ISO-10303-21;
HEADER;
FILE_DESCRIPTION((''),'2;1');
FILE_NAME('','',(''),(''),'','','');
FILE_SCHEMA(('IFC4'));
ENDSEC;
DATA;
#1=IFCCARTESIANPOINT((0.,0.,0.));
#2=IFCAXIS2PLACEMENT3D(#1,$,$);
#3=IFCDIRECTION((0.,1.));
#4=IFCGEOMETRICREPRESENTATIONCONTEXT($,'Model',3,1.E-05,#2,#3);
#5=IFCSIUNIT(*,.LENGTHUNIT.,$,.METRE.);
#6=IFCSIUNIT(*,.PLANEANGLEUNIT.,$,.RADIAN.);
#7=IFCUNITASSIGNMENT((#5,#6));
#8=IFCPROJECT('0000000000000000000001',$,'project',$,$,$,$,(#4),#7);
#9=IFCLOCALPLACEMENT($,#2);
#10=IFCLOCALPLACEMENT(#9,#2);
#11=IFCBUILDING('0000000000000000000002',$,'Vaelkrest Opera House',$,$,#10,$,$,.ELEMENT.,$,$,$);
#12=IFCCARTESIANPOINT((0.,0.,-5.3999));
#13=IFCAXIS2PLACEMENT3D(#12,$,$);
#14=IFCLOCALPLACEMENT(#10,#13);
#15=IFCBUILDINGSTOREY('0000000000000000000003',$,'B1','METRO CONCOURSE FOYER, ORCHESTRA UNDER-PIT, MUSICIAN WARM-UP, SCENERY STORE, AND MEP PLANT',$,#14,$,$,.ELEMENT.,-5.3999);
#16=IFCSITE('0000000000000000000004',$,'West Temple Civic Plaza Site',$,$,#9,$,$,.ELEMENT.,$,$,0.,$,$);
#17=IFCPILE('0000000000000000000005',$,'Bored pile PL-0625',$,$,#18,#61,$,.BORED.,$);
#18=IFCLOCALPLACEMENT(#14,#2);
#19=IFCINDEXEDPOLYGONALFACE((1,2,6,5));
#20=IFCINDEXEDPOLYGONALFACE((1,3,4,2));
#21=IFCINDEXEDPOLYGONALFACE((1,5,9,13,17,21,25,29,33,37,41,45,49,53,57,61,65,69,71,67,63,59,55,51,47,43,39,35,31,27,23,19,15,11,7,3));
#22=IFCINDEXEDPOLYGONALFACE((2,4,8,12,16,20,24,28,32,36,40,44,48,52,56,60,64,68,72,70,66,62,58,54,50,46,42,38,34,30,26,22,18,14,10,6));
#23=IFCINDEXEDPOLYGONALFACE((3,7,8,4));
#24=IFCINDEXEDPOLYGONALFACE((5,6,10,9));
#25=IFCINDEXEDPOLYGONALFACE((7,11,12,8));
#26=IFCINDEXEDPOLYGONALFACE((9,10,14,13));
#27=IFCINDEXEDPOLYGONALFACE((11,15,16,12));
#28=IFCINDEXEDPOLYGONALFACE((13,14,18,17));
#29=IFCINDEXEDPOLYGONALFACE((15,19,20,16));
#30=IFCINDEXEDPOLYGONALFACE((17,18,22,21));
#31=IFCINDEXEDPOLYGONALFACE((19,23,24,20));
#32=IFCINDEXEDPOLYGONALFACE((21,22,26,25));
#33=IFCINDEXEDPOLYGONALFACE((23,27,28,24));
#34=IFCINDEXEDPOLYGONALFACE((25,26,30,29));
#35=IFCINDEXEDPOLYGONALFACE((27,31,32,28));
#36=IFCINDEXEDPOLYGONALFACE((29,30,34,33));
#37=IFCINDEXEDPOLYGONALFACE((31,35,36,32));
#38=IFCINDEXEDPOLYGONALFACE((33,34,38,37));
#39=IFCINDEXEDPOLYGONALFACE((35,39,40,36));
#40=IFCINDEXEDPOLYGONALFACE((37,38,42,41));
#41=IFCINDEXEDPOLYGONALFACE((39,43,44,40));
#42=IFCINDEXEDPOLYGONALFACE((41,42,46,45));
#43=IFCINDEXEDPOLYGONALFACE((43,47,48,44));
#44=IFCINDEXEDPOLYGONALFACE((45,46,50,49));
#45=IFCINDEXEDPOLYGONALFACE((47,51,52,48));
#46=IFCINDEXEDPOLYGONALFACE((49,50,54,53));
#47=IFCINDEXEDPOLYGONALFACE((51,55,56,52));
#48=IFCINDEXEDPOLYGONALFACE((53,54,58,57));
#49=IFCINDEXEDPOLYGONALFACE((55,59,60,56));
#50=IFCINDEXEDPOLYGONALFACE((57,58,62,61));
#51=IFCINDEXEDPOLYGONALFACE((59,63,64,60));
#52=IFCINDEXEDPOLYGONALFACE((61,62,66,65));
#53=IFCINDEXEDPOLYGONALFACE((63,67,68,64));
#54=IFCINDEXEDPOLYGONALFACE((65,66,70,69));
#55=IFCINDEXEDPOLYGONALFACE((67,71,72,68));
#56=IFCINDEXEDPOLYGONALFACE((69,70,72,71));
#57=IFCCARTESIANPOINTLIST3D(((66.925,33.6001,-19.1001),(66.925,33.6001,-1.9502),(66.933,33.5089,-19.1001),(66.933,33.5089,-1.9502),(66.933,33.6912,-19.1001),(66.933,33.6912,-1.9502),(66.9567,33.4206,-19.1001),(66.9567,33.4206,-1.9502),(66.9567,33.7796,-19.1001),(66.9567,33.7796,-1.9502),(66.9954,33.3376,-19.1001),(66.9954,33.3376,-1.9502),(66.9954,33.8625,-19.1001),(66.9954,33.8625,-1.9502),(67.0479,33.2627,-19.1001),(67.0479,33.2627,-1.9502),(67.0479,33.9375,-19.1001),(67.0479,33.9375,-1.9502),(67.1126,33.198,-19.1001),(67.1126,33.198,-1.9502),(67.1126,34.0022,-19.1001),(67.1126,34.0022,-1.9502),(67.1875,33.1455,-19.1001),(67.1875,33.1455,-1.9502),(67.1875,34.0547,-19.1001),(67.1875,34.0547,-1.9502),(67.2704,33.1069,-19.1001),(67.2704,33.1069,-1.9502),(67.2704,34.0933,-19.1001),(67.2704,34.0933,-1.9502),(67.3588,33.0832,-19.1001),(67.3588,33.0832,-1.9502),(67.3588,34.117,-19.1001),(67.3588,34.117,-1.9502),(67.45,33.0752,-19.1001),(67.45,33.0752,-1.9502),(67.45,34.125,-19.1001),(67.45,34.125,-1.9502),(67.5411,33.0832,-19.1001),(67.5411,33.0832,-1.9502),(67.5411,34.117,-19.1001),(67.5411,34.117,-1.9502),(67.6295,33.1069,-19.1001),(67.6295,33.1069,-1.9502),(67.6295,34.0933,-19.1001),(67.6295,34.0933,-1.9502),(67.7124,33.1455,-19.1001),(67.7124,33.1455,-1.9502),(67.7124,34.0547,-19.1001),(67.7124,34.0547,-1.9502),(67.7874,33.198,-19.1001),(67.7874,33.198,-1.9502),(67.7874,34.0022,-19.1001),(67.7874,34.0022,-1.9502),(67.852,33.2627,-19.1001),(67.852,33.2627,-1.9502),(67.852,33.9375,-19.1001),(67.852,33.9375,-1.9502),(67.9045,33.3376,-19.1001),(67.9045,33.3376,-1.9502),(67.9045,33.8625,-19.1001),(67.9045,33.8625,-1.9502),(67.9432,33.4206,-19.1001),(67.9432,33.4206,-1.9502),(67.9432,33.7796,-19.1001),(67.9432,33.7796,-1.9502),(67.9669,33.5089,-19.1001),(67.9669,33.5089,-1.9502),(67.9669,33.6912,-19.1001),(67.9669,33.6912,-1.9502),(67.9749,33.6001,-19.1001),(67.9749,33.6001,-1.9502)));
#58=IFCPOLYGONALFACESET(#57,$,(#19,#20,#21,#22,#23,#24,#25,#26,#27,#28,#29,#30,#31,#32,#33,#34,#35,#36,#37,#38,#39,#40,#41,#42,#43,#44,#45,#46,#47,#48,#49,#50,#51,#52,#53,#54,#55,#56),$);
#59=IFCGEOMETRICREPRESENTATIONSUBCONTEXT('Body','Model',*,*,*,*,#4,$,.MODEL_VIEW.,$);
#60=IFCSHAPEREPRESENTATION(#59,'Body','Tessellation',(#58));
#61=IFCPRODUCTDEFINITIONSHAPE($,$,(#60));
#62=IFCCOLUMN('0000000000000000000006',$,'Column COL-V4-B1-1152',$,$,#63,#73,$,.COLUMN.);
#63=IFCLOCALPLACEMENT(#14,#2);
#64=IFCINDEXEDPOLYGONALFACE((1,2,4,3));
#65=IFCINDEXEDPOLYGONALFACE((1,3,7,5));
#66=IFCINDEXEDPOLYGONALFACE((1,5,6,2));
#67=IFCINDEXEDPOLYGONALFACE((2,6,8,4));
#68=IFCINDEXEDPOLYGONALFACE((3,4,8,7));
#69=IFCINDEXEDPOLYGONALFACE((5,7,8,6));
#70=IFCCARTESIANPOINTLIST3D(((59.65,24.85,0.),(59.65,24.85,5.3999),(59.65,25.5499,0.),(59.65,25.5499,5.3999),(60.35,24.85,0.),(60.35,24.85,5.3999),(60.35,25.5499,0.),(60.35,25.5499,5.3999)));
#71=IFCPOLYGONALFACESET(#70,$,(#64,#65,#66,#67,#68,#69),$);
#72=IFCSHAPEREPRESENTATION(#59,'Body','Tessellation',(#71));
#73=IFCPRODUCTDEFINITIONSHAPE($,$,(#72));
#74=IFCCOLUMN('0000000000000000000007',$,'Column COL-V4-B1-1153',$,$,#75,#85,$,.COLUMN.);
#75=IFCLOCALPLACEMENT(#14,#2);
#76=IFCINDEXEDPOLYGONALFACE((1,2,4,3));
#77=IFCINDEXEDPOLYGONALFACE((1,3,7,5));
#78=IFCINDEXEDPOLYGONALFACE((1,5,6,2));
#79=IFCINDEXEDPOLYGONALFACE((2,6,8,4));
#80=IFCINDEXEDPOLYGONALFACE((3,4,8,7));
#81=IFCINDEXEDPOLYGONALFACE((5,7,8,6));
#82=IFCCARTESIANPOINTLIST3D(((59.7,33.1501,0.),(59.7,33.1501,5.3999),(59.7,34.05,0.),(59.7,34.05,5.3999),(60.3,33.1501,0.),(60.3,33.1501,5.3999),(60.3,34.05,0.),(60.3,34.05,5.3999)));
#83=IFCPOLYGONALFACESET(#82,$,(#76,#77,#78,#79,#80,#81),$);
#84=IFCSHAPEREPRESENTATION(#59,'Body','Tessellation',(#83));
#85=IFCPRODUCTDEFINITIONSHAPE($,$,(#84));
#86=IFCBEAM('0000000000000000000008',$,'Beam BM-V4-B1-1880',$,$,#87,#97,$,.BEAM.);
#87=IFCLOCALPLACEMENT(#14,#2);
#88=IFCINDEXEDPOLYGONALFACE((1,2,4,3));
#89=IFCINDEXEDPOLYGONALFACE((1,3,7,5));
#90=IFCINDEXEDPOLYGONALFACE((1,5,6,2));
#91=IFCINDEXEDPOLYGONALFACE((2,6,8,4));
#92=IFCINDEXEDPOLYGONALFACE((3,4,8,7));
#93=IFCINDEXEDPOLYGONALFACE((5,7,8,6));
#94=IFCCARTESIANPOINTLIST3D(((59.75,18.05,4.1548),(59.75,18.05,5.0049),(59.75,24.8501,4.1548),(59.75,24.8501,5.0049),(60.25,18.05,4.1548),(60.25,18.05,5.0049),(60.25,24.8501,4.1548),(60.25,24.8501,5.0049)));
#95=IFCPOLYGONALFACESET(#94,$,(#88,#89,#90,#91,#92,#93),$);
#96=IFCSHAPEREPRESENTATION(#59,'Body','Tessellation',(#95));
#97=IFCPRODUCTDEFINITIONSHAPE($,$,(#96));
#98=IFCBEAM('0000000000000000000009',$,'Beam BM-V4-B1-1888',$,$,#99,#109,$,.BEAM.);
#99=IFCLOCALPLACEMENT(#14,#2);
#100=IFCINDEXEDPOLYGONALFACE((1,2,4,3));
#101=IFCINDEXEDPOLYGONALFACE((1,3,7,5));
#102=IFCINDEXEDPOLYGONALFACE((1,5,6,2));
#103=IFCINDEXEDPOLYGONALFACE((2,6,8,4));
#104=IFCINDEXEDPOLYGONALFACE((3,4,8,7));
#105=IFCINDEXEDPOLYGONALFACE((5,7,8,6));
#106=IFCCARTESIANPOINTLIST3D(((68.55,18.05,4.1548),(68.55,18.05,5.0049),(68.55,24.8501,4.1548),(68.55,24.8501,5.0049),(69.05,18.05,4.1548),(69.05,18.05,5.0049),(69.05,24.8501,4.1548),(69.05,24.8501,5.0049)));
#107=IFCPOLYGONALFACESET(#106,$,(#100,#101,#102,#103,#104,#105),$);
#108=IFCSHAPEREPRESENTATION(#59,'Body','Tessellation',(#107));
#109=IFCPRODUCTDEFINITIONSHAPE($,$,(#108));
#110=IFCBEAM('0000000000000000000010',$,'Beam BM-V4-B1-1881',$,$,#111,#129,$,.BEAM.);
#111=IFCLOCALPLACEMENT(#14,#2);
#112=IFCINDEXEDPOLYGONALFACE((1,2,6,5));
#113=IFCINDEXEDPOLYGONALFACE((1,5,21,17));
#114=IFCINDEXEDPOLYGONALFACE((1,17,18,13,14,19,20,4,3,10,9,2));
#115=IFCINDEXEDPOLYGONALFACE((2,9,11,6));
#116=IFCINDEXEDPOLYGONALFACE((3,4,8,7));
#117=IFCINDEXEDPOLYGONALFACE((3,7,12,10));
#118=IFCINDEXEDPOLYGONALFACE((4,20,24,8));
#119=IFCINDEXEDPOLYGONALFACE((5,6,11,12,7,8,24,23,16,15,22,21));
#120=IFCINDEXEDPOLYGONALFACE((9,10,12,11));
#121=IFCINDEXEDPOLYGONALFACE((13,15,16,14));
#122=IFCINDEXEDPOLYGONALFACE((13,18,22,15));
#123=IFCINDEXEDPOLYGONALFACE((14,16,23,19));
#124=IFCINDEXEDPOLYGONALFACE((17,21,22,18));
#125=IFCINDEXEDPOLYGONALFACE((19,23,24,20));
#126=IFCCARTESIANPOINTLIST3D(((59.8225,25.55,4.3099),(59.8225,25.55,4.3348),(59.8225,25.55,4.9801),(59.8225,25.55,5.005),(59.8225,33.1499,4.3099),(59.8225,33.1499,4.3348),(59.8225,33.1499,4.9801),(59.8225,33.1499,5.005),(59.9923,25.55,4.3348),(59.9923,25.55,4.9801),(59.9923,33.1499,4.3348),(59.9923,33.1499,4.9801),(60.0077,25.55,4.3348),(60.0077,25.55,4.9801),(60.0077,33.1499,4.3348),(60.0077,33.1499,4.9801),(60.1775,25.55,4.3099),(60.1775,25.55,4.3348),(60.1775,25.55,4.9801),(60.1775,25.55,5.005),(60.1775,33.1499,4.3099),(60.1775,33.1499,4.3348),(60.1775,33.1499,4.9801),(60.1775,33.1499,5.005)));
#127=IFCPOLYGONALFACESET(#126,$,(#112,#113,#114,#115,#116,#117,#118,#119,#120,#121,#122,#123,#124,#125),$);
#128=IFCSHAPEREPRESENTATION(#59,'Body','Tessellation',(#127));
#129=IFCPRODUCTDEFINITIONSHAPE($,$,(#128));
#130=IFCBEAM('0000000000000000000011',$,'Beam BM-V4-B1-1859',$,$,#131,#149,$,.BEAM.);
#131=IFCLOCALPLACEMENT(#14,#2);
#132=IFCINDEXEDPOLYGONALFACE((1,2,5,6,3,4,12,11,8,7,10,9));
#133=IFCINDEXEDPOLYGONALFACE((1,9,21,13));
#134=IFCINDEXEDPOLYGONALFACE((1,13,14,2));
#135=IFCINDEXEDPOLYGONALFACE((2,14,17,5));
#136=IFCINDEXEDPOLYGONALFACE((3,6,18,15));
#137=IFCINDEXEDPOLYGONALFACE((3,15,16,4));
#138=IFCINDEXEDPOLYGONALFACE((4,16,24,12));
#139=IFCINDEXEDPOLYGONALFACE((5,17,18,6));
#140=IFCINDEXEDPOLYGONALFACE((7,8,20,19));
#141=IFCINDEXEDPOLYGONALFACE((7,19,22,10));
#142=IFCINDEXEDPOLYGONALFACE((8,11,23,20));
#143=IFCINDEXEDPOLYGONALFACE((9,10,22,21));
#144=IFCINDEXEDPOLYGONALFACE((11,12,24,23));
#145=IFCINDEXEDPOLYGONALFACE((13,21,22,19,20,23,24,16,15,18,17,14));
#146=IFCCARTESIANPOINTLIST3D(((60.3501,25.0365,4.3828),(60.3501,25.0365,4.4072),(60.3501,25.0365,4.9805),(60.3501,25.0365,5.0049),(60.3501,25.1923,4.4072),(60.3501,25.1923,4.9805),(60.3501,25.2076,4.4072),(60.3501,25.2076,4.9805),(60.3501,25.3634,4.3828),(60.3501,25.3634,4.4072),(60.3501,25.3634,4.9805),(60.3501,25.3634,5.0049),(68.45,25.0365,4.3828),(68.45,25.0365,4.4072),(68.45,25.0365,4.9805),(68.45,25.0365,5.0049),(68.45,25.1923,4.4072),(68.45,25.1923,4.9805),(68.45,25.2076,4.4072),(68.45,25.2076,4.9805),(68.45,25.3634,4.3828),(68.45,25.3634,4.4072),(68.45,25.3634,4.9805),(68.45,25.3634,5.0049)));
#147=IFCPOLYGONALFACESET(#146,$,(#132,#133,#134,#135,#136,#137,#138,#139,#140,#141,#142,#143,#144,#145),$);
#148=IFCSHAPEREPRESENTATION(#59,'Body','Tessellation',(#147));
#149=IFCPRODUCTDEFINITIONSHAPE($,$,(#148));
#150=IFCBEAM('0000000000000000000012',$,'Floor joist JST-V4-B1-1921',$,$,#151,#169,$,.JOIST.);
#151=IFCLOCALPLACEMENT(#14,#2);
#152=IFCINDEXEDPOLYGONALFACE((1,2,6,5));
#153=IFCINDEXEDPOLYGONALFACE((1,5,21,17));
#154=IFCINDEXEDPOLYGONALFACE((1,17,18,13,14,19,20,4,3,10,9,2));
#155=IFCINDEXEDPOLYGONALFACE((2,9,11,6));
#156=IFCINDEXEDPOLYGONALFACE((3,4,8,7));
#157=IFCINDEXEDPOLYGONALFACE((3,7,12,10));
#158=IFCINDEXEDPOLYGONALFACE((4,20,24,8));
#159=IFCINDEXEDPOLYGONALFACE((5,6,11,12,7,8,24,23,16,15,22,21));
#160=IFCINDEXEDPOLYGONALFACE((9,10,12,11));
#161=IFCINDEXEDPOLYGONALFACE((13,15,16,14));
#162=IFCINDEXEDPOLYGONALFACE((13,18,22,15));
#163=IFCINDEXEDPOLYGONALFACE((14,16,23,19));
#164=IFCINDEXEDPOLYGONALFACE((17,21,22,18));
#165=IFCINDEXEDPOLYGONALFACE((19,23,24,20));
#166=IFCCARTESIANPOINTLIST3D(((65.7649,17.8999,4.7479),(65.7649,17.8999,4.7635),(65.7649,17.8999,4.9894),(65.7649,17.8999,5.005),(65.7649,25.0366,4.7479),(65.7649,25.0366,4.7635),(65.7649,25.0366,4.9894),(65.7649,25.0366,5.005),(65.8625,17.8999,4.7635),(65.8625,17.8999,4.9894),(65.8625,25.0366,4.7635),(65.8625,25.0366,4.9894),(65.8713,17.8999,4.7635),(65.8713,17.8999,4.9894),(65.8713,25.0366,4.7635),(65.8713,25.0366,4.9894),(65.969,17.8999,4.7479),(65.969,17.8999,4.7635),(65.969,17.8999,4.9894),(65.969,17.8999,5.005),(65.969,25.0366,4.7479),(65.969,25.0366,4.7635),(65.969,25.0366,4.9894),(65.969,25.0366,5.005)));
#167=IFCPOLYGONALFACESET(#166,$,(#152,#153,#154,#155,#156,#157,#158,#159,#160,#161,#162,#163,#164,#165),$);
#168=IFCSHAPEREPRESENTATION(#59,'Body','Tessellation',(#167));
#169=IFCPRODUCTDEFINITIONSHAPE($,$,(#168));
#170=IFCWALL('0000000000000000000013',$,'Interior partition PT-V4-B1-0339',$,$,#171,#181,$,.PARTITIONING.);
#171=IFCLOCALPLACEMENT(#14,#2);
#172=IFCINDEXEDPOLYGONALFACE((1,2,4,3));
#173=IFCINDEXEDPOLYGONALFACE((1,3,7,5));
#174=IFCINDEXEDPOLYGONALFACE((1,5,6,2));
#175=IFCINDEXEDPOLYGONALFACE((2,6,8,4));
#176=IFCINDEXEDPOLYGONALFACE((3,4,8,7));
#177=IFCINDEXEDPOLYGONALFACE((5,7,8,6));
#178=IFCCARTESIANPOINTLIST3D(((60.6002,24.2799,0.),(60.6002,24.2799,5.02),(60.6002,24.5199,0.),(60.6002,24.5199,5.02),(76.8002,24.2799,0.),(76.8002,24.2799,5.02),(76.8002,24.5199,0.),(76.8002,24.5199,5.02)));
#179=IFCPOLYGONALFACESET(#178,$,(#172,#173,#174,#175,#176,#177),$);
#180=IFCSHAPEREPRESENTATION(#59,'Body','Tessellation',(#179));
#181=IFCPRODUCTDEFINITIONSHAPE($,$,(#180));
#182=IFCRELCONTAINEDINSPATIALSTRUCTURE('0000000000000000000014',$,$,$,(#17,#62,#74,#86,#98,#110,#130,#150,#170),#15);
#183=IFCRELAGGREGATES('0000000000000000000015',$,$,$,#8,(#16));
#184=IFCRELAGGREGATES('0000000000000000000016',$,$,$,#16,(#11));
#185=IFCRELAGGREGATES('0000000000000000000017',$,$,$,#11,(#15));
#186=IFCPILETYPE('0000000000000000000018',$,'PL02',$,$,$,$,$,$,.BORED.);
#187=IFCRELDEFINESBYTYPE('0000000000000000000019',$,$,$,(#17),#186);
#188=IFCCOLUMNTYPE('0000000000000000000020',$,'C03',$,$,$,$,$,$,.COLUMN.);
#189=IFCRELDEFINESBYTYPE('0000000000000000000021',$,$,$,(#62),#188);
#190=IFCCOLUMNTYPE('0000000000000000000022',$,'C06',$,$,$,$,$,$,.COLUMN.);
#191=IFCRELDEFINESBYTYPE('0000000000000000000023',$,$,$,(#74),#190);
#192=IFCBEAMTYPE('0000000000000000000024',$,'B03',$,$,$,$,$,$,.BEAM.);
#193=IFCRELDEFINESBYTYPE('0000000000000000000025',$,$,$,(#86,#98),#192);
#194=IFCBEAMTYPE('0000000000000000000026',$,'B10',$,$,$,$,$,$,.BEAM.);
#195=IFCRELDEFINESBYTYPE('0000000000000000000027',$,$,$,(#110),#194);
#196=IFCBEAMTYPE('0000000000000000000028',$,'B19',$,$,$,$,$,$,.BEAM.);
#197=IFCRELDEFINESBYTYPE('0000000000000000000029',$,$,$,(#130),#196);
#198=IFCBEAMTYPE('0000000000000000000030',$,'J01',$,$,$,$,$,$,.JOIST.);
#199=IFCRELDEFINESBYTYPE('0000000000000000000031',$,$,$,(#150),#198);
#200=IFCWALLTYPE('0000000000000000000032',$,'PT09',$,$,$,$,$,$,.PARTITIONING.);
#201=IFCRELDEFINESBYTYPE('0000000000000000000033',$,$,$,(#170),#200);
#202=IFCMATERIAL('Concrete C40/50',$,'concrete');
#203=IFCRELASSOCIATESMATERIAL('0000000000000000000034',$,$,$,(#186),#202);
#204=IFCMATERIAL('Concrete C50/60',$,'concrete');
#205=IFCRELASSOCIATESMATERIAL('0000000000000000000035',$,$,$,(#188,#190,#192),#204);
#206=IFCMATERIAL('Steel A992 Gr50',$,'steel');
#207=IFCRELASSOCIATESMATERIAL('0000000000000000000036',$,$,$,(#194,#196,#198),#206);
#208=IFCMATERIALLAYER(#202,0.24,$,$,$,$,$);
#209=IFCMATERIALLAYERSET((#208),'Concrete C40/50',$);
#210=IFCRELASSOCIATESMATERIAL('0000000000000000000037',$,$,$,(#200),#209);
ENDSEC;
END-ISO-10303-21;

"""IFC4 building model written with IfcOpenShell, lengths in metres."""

from ifc_helpers import new_model, si_unit, direction, frame, frame_2d, origin, origin_2d, place, context, subcontext, project, spatial, rectangle, circle, i_section, extrude, material, layer, layer_set, material_profile, profile_set, type_object, element, save


model = new_model("IFC4")

# Units and contexts
model_context = context("Model", 3, precision=1e-05, world=origin(), true_north=direction((0.0, 1.0)))
body_context = subcontext(model_context, "Body", "Model", "MODEL_VIEW")
ifc_project = project(units=[si_unit("LENGTHUNIT", "METRE"), si_unit("PLANEANGLEUNIT", "RADIAN")], contexts=[model_context])

# Site, building, storey
site_placement = place(None, origin())
site = spatial("IfcSite", under=ifc_project, at=site_placement, Name="West Temple Civic Plaza Site", CompositionType="ELEMENT", RefElevation=0.0)
building_placement = place(site_placement, origin())
building = spatial("IfcBuilding", under=site, at=building_placement, Name="Vaelkrest Opera House", CompositionType="ELEMENT")
storey_placement = place(building_placement, frame((0.0, 0.0, -5.3999)))
storey = spatial("IfcBuildingStorey", under=building, at=storey_placement, Name="B1", Description="METRO CONCOURSE FOYER, ORCHESTRA UNDER-PIT, MUSICIAN WARM-UP, SCENERY STORE, AND MEP PLANT", CompositionType="ELEMENT", Elevation=-5.3999)

# Shared definitions
ifc_material_1 = material(Name="Concrete C40/50", Category="concrete")

# Pile
ifc_material_profile_1 = material_profile(ifc_material_1, circle(Radius=0.5249, at=origin_2d()), Name="PILE1050")
ifc_profile_set_1 = profile_set([ifc_material_profile_1], Name="Concrete C40/50")
pile_type = type_object("IfcPileType", Name="PL02", PredefinedType="BORED", material=ifc_profile_set_1)
for number, where, z_axis, x_axis, name in (
    (1, (67.45, 33.6001, -1.9502), (0.0, 0.0, -1.0), (1.0, 0.0, 0.0), "Bored pile PL-0625"),
):
    element("IfcPile", number, at=place(storey_placement, frame(where, z_axis=z_axis, x_axis=x_axis)), inside=storey, type_object=pile_type, Name=name, PredefinedType="BORED", context=body_context, shape_type="SweptSolid", body=[
        extrude(circle(Radius=0.5249, at=origin_2d()), origin(), (0.0, 0.0, 1.0), 17.1499),
    ])

# Columns
ifc_material_2 = material(Name="Concrete C50/60", Category="concrete")
ifc_material_profile_2 = material_profile(ifc_material_2, rectangle(XDim=0.7, YDim=0.7, at=origin_2d()), Name="RC700X700")
ifc_profile_set_2 = profile_set([ifc_material_profile_2], Name="Concrete C50/60")
column_type_1 = type_object("IfcColumnType", Name="C03", PredefinedType="COLUMN", material=ifc_profile_set_2)
column_1_placement = place(storey_placement, frame((60.0, 25.2, 0.0), z_axis=(0.0, 0.0, 1.0), x_axis=(1.0, 0.0, 0.0)))
element("IfcColumn", 2, at=column_1_placement, inside=storey, type_object=column_type_1, Name="Column COL-V4-B1-1152", PredefinedType="COLUMN", context=body_context, shape_type="SweptSolid", body=[
    extrude(rectangle(XDim=0.7, YDim=0.7, at=origin_2d()), origin(), (0.0, 0.0, 1.0), 5.3999),
])
ifc_material_profile_3 = material_profile(ifc_material_2, rectangle(XDim=0.6001, YDim=0.8999, at=origin_2d()), Name="RC600X900")
ifc_profile_set_3 = profile_set([ifc_material_profile_3], Name="Concrete C50/60")
column_type_2 = type_object("IfcColumnType", Name="C06", PredefinedType="COLUMN", material=ifc_profile_set_3)
column_2_placement = place(storey_placement, frame((60.0, 33.6001, 0.0), z_axis=(0.0, 0.0, 1.0), x_axis=(1.0, 0.0, 0.0)))
element("IfcColumn", 3, at=column_2_placement, inside=storey, type_object=column_type_2, Name="Column COL-V4-B1-1153", PredefinedType="COLUMN", context=body_context, shape_type="SweptSolid", body=[
    extrude(rectangle(XDim=0.6001, YDim=0.8999, at=origin_2d()), origin(), (0.0, 0.0, 1.0), 5.3999),
])

# Beams
ifc_material_profile_4 = material_profile(ifc_material_2, rectangle(XDim=0.5, YDim=0.8501, at=origin_2d()), Name="RCB500X850")
ifc_profile_set_4 = profile_set([ifc_material_profile_4], Name="Concrete C50/60")
beam_type_1 = type_object("IfcBeamType", Name="B03", PredefinedType="BEAM", material=ifc_profile_set_4)
for number, where, z_axis, x_axis, name in (
    (4, (60.0, 18.05, 4.5798), (0.0, 1.0, 0.0), (-1.0, 0.0, 0.0), "Beam BM-V4-B1-1880"),
    (5, (68.8, 18.05, 4.5798), (0.0, 1.0, 0.0), (-1.0, 0.0, 0.0), "Beam BM-V4-B1-1888"),
):
    element("IfcBeam", number, at=place(storey_placement, frame(where, z_axis=z_axis, x_axis=x_axis)), inside=storey, type_object=beam_type_1, Name=name, PredefinedType="BEAM", context=body_context, shape_type="SweptSolid", body=[
        extrude(rectangle(XDim=0.5, YDim=0.8501, at=origin_2d()), origin(), (0.0, 0.0, 1.0), 6.8),
    ])
ifc_material_3 = material(Name="Steel A992 Gr50", Category="steel")
ifc_material_profile_5 = material_profile(ifc_material_3, i_section(OverallWidth=0.355, OverallDepth=0.6951, WebThickness=0.0154, FlangeThickness=0.0249, at=origin_2d()), Name="W27X146")
ifc_profile_set_5 = profile_set([ifc_material_profile_5], Name="Steel A992 Gr50")
beam_type_2 = type_object("IfcBeamType", Name="B10", PredefinedType="BEAM", material=ifc_profile_set_5)
beam_1_placement = place(storey_placement, frame((60.0, 25.55, 4.6575), z_axis=(0.0, 1.0, 0.0), x_axis=(-1.0, 0.0, 0.0)))
element("IfcBeam", 6, at=beam_1_placement, inside=storey, type_object=beam_type_2, Name="Beam BM-V4-B1-1881", PredefinedType="BEAM", context=body_context, shape_type="SweptSolid", body=[
    extrude(i_section(OverallWidth=0.355, OverallDepth=0.6951, WebThickness=0.0154, FlangeThickness=0.0249, at=origin_2d()), origin(), (0.0, 0.0, 1.0), 7.5999),
])
ifc_material_profile_6 = material_profile(ifc_material_3, i_section(OverallWidth=0.3269, OverallDepth=0.6221, WebThickness=0.0154, FlangeThickness=0.0244, at=origin_2d()), Name="W24X131")
ifc_profile_set_6 = profile_set([ifc_material_profile_6], Name="Steel A992 Gr50")
beam_type_3 = type_object("IfcBeamType", Name="B19", PredefinedType="BEAM", material=ifc_profile_set_6)
beam_2_placement = place(storey_placement, frame((60.3501, 25.2, 4.6938), z_axis=(1.0, 0.0, 0.0), x_axis=(0.0, 1.0, 0.0)))
element("IfcBeam", 7, at=beam_2_placement, inside=storey, type_object=beam_type_3, Name="Beam BM-V4-B1-1859", PredefinedType="BEAM", context=body_context, shape_type="SweptSolid", body=[
    extrude(i_section(OverallWidth=0.3269, OverallDepth=0.6221, WebThickness=0.0154, FlangeThickness=0.0244, at=origin_2d()), origin(), (0.0, 0.0, 1.0), 8.0999),
])
ifc_material_profile_7 = material_profile(ifc_material_3, i_section(OverallWidth=0.2041, OverallDepth=0.2571, WebThickness=0.0088, FlangeThickness=0.0156, at=origin_2d()), Name="W10X45")
ifc_profile_set_7 = profile_set([ifc_material_profile_7], Name="Steel A992 Gr50")
beam_type_4 = type_object("IfcBeamType", Name="J01", PredefinedType="JOIST", material=ifc_profile_set_7)
beam_3_placement = place(storey_placement, frame((65.8669, 17.8999, 4.8765), z_axis=(0.0, 1.0, 0.0), x_axis=(-1.0, 0.0, 0.0)))
element("IfcBeam", 8, at=beam_3_placement, inside=storey, type_object=beam_type_4, Name="Floor joist JST-V4-B1-1921", PredefinedType="JOIST", context=body_context, shape_type="SweptSolid", body=[
    extrude(i_section(OverallWidth=0.2041, OverallDepth=0.2571, WebThickness=0.0088, FlangeThickness=0.0156, at=origin_2d()), origin(), (0.0, 0.0, 1.0), 7.1367),
])

# Wall
ifc_layer = layer(ifc_material_1, 0.24)
ifc_layer_set = layer_set([ifc_layer], Name="Concrete C40/50")
wall_type = type_object("IfcWallType", Name="PT09", PredefinedType="PARTITIONING", material=ifc_layer_set)
wall_placement = place(storey_placement, frame((60.6001, 24.3999, 0.0), z_axis=(0.0, 0.0, 1.0), x_axis=(1.0, 0.0, 0.0)))
element("IfcWall", 9, at=wall_placement, inside=storey, type_object=wall_type, Name="Interior partition PT-V4-B1-0339", PredefinedType="PARTITIONING", context=body_context, shape_type="SweptSolid", body=[
    extrude(rectangle(XDim=16.2, YDim=0.24, at=frame_2d((8.1001, 0.0))), origin(), (0.0, 0.0, 1.0), 5.02),
])

save(model, "model.ifc")
